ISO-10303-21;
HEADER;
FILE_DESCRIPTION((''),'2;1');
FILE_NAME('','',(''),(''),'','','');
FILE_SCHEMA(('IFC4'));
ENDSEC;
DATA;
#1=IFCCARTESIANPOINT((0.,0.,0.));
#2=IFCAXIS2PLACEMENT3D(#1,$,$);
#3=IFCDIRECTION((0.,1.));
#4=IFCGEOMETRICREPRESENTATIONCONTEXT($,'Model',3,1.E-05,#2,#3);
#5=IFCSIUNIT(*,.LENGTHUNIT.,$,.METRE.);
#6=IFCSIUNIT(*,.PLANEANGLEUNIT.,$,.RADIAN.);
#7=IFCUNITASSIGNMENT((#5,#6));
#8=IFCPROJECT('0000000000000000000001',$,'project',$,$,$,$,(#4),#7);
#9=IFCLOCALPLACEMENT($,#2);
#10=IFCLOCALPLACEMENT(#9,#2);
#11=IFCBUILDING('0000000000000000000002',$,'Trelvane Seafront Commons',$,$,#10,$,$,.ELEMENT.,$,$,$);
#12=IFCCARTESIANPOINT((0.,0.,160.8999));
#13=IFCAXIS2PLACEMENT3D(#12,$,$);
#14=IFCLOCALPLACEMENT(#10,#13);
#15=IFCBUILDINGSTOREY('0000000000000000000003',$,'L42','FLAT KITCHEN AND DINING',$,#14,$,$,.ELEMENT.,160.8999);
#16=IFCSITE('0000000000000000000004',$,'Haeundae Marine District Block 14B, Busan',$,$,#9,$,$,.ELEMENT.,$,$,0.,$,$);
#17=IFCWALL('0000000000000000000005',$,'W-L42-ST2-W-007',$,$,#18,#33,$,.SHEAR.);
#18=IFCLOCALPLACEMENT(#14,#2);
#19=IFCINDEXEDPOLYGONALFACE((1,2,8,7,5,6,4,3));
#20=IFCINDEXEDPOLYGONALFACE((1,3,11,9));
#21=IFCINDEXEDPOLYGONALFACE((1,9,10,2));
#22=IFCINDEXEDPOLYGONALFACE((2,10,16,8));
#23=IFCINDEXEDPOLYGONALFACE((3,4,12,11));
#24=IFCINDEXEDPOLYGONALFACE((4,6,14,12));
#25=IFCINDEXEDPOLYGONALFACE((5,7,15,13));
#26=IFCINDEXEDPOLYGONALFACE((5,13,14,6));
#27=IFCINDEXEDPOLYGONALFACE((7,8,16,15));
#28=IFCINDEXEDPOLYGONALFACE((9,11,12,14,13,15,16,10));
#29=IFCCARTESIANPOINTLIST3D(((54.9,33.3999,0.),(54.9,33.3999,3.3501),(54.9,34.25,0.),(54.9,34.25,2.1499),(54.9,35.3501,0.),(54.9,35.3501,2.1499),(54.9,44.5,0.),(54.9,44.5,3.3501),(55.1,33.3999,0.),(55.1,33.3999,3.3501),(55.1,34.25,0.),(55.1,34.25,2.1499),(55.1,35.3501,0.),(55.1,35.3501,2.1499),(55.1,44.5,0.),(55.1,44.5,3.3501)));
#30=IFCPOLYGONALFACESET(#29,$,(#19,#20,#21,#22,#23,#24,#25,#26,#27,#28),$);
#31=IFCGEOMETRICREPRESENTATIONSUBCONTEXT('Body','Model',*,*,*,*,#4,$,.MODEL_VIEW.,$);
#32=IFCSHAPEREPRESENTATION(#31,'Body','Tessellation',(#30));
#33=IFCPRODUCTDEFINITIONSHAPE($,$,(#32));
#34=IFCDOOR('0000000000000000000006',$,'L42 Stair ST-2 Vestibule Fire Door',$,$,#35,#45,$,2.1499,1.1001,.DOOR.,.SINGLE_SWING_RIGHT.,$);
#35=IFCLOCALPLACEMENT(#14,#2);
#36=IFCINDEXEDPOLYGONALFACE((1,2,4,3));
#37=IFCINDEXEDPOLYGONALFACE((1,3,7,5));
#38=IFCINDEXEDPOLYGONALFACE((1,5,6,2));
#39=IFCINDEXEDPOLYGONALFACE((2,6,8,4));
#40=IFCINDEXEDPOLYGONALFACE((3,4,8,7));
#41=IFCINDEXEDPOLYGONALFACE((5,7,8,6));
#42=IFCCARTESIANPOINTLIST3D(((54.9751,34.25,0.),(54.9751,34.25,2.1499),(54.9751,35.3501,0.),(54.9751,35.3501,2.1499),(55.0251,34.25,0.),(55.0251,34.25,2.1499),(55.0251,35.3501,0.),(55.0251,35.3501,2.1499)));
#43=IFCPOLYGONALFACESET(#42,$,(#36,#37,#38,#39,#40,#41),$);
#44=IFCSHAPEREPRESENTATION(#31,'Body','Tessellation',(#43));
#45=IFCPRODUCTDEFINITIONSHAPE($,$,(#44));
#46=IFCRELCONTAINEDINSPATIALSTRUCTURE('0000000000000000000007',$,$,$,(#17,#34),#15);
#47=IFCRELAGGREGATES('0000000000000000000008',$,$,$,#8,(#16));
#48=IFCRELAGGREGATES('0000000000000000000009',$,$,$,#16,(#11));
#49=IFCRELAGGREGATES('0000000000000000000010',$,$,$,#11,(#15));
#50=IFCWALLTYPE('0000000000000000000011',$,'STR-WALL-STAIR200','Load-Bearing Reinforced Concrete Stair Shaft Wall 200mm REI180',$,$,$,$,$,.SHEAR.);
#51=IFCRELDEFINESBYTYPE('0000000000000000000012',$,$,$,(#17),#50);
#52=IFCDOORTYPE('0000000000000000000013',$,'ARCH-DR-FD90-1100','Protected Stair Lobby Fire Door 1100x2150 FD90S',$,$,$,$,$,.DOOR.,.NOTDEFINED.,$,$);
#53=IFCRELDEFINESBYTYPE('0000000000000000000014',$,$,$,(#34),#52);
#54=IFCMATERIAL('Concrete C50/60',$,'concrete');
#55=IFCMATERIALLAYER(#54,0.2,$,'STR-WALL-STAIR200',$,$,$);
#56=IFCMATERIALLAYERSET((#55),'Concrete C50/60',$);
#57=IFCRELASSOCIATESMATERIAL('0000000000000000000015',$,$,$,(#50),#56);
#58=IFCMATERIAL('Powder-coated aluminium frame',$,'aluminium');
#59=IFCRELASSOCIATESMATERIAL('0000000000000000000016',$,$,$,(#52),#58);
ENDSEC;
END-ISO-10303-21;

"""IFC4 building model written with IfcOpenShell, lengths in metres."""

from ifc_helpers import new_model, si_unit, direction, frame, frame_2d, origin, place, context, subcontext, project, spatial, rectangle, extrude, source, transform, mapped, material, layer, layer_set, type_object, element, fill, save


model = new_model("IFC4")

# Units and contexts
model_context = context("Model", 3, precision=1e-05, world=origin(), true_north=direction((0.0, 1.0)))
body_context = subcontext(model_context, "Body", "Model", "MODEL_VIEW")
ifc_project = project(units=[si_unit("LENGTHUNIT", "METRE"), si_unit("PLANEANGLEUNIT", "RADIAN")], contexts=[model_context])

# Site, building, storey
site_placement = place(None, origin())
site = spatial("IfcSite", under=ifc_project, at=site_placement, Name="Haeundae Marine District Block 14B, Busan", CompositionType="ELEMENT", RefElevation=0.0)
building_placement = place(site_placement, origin())
building = spatial("IfcBuilding", under=site, at=building_placement, Name="Trelvane Seafront Commons", CompositionType="ELEMENT")
storey_placement = place(building_placement, frame((0.0, 0.0, 160.8999)))
storey = spatial("IfcBuildingStorey", under=building, at=storey_placement, Name="L42", Description="FLAT KITCHEN AND DINING", CompositionType="ELEMENT", Elevation=160.8999)

# Shared definitions
ifc_material_1 = material(Name="Concrete C50/60", Category="concrete")

# Shared definitions
ifc_material_2 = material(Name="Powder-coated aluminium frame", Category="aluminium")

# Wall, opening, door
ifc_layer_1 = layer(ifc_material_1, 0.2, Name="STR-WALL-STAIR200")
ifc_layer_set_1 = layer_set([ifc_layer_1], Name="Concrete C50/60")
wall_type_1 = type_object("IfcWallType", Name="STR-WALL-STAIR200", Description="Load-Bearing Reinforced Concrete Stair Shaft Wall 200mm REI180", PredefinedType="SHEAR", material=ifc_layer_set_1)
wall_1_placement = place(storey_placement, frame((55.0, 33.3999, 0.0), z_axis=(0.0, 0.0, 1.0), x_axis=(0.0, 1.0, 0.0)))
wall_1 = element("IfcWall", 1, at=wall_1_placement, inside=storey, type_object=wall_type_1, Name="W-L42-ST2-W-007", PredefinedType="SHEAR", context=body_context, shape_type="SweptSolid", body=[
    extrude(rectangle(XDim=11.1001, YDim=0.2, at=frame_2d((5.55, 0.0))), origin(), (0.0, 0.0, 1.0), 3.3501),
])
opening_1_placement = place(wall_1_placement, frame((0.8501, 0.0, 0.0)))
opening_1 = element("IfcOpeningElement", 2, at=opening_1_placement, cuts=wall_1, PredefinedType="OPENING", context=body_context, shape_type="SweptSolid", body=[
    extrude(rectangle(XDim=1.1001, YDim=2.1499, at=frame_2d((0.55, 1.075))), frame((0.0, 0.1099, 0.0), z_axis=(0.0, -1.0, 0.0), x_axis=(1.0, 0.0, 0.0)), (0.0, 0.0, 1.0), 0.22),
])
door_type_1 = type_object("IfcDoorType", Name="ARCH-DR-FD90-1100", Description="Protected Stair Lobby Fire Door 1100x2150 FD90S", OperationType="NOTDEFINED", PredefinedType="DOOR", material=ifc_material_2)
shared_shape_1 = source(origin(), body_context, "Body", "SweptSolid", [
    extrude(rectangle(XDim=1.1001, YDim=2.1499, at=frame_2d((0.55, 1.075))), frame((0.0, 0.0249, 0.0), z_axis=(0.0, -1.0, 0.0), x_axis=(1.0, 0.0, 0.0)), (0.0, 0.0, 1.0), 0.05),
])
door_1_placement = place(opening_1_placement, origin())
door_1 = element("IfcDoor", 3, at=door_1_placement, inside=storey, type_object=door_type_1, Name="L42 Stair ST-2 Vestibule Fire Door", OperationType="SINGLE_SWING_RIGHT", OverallHeight=2.1499, OverallWidth=1.1001, PredefinedType="DOOR", context=body_context, shape_type="MappedRepresentation", body=[
    mapped(shared_shape_1, transform((0.0, 0.0, 0.0), x_axis=(1.0, 0.0, 0.0), y_axis=(0.0, 1.0, 0.0), z_axis=(0.0, 0.0, 1.0), scale=1.0)),
])
fill(opening_1, door_1)

save(model, "model.ifc")
